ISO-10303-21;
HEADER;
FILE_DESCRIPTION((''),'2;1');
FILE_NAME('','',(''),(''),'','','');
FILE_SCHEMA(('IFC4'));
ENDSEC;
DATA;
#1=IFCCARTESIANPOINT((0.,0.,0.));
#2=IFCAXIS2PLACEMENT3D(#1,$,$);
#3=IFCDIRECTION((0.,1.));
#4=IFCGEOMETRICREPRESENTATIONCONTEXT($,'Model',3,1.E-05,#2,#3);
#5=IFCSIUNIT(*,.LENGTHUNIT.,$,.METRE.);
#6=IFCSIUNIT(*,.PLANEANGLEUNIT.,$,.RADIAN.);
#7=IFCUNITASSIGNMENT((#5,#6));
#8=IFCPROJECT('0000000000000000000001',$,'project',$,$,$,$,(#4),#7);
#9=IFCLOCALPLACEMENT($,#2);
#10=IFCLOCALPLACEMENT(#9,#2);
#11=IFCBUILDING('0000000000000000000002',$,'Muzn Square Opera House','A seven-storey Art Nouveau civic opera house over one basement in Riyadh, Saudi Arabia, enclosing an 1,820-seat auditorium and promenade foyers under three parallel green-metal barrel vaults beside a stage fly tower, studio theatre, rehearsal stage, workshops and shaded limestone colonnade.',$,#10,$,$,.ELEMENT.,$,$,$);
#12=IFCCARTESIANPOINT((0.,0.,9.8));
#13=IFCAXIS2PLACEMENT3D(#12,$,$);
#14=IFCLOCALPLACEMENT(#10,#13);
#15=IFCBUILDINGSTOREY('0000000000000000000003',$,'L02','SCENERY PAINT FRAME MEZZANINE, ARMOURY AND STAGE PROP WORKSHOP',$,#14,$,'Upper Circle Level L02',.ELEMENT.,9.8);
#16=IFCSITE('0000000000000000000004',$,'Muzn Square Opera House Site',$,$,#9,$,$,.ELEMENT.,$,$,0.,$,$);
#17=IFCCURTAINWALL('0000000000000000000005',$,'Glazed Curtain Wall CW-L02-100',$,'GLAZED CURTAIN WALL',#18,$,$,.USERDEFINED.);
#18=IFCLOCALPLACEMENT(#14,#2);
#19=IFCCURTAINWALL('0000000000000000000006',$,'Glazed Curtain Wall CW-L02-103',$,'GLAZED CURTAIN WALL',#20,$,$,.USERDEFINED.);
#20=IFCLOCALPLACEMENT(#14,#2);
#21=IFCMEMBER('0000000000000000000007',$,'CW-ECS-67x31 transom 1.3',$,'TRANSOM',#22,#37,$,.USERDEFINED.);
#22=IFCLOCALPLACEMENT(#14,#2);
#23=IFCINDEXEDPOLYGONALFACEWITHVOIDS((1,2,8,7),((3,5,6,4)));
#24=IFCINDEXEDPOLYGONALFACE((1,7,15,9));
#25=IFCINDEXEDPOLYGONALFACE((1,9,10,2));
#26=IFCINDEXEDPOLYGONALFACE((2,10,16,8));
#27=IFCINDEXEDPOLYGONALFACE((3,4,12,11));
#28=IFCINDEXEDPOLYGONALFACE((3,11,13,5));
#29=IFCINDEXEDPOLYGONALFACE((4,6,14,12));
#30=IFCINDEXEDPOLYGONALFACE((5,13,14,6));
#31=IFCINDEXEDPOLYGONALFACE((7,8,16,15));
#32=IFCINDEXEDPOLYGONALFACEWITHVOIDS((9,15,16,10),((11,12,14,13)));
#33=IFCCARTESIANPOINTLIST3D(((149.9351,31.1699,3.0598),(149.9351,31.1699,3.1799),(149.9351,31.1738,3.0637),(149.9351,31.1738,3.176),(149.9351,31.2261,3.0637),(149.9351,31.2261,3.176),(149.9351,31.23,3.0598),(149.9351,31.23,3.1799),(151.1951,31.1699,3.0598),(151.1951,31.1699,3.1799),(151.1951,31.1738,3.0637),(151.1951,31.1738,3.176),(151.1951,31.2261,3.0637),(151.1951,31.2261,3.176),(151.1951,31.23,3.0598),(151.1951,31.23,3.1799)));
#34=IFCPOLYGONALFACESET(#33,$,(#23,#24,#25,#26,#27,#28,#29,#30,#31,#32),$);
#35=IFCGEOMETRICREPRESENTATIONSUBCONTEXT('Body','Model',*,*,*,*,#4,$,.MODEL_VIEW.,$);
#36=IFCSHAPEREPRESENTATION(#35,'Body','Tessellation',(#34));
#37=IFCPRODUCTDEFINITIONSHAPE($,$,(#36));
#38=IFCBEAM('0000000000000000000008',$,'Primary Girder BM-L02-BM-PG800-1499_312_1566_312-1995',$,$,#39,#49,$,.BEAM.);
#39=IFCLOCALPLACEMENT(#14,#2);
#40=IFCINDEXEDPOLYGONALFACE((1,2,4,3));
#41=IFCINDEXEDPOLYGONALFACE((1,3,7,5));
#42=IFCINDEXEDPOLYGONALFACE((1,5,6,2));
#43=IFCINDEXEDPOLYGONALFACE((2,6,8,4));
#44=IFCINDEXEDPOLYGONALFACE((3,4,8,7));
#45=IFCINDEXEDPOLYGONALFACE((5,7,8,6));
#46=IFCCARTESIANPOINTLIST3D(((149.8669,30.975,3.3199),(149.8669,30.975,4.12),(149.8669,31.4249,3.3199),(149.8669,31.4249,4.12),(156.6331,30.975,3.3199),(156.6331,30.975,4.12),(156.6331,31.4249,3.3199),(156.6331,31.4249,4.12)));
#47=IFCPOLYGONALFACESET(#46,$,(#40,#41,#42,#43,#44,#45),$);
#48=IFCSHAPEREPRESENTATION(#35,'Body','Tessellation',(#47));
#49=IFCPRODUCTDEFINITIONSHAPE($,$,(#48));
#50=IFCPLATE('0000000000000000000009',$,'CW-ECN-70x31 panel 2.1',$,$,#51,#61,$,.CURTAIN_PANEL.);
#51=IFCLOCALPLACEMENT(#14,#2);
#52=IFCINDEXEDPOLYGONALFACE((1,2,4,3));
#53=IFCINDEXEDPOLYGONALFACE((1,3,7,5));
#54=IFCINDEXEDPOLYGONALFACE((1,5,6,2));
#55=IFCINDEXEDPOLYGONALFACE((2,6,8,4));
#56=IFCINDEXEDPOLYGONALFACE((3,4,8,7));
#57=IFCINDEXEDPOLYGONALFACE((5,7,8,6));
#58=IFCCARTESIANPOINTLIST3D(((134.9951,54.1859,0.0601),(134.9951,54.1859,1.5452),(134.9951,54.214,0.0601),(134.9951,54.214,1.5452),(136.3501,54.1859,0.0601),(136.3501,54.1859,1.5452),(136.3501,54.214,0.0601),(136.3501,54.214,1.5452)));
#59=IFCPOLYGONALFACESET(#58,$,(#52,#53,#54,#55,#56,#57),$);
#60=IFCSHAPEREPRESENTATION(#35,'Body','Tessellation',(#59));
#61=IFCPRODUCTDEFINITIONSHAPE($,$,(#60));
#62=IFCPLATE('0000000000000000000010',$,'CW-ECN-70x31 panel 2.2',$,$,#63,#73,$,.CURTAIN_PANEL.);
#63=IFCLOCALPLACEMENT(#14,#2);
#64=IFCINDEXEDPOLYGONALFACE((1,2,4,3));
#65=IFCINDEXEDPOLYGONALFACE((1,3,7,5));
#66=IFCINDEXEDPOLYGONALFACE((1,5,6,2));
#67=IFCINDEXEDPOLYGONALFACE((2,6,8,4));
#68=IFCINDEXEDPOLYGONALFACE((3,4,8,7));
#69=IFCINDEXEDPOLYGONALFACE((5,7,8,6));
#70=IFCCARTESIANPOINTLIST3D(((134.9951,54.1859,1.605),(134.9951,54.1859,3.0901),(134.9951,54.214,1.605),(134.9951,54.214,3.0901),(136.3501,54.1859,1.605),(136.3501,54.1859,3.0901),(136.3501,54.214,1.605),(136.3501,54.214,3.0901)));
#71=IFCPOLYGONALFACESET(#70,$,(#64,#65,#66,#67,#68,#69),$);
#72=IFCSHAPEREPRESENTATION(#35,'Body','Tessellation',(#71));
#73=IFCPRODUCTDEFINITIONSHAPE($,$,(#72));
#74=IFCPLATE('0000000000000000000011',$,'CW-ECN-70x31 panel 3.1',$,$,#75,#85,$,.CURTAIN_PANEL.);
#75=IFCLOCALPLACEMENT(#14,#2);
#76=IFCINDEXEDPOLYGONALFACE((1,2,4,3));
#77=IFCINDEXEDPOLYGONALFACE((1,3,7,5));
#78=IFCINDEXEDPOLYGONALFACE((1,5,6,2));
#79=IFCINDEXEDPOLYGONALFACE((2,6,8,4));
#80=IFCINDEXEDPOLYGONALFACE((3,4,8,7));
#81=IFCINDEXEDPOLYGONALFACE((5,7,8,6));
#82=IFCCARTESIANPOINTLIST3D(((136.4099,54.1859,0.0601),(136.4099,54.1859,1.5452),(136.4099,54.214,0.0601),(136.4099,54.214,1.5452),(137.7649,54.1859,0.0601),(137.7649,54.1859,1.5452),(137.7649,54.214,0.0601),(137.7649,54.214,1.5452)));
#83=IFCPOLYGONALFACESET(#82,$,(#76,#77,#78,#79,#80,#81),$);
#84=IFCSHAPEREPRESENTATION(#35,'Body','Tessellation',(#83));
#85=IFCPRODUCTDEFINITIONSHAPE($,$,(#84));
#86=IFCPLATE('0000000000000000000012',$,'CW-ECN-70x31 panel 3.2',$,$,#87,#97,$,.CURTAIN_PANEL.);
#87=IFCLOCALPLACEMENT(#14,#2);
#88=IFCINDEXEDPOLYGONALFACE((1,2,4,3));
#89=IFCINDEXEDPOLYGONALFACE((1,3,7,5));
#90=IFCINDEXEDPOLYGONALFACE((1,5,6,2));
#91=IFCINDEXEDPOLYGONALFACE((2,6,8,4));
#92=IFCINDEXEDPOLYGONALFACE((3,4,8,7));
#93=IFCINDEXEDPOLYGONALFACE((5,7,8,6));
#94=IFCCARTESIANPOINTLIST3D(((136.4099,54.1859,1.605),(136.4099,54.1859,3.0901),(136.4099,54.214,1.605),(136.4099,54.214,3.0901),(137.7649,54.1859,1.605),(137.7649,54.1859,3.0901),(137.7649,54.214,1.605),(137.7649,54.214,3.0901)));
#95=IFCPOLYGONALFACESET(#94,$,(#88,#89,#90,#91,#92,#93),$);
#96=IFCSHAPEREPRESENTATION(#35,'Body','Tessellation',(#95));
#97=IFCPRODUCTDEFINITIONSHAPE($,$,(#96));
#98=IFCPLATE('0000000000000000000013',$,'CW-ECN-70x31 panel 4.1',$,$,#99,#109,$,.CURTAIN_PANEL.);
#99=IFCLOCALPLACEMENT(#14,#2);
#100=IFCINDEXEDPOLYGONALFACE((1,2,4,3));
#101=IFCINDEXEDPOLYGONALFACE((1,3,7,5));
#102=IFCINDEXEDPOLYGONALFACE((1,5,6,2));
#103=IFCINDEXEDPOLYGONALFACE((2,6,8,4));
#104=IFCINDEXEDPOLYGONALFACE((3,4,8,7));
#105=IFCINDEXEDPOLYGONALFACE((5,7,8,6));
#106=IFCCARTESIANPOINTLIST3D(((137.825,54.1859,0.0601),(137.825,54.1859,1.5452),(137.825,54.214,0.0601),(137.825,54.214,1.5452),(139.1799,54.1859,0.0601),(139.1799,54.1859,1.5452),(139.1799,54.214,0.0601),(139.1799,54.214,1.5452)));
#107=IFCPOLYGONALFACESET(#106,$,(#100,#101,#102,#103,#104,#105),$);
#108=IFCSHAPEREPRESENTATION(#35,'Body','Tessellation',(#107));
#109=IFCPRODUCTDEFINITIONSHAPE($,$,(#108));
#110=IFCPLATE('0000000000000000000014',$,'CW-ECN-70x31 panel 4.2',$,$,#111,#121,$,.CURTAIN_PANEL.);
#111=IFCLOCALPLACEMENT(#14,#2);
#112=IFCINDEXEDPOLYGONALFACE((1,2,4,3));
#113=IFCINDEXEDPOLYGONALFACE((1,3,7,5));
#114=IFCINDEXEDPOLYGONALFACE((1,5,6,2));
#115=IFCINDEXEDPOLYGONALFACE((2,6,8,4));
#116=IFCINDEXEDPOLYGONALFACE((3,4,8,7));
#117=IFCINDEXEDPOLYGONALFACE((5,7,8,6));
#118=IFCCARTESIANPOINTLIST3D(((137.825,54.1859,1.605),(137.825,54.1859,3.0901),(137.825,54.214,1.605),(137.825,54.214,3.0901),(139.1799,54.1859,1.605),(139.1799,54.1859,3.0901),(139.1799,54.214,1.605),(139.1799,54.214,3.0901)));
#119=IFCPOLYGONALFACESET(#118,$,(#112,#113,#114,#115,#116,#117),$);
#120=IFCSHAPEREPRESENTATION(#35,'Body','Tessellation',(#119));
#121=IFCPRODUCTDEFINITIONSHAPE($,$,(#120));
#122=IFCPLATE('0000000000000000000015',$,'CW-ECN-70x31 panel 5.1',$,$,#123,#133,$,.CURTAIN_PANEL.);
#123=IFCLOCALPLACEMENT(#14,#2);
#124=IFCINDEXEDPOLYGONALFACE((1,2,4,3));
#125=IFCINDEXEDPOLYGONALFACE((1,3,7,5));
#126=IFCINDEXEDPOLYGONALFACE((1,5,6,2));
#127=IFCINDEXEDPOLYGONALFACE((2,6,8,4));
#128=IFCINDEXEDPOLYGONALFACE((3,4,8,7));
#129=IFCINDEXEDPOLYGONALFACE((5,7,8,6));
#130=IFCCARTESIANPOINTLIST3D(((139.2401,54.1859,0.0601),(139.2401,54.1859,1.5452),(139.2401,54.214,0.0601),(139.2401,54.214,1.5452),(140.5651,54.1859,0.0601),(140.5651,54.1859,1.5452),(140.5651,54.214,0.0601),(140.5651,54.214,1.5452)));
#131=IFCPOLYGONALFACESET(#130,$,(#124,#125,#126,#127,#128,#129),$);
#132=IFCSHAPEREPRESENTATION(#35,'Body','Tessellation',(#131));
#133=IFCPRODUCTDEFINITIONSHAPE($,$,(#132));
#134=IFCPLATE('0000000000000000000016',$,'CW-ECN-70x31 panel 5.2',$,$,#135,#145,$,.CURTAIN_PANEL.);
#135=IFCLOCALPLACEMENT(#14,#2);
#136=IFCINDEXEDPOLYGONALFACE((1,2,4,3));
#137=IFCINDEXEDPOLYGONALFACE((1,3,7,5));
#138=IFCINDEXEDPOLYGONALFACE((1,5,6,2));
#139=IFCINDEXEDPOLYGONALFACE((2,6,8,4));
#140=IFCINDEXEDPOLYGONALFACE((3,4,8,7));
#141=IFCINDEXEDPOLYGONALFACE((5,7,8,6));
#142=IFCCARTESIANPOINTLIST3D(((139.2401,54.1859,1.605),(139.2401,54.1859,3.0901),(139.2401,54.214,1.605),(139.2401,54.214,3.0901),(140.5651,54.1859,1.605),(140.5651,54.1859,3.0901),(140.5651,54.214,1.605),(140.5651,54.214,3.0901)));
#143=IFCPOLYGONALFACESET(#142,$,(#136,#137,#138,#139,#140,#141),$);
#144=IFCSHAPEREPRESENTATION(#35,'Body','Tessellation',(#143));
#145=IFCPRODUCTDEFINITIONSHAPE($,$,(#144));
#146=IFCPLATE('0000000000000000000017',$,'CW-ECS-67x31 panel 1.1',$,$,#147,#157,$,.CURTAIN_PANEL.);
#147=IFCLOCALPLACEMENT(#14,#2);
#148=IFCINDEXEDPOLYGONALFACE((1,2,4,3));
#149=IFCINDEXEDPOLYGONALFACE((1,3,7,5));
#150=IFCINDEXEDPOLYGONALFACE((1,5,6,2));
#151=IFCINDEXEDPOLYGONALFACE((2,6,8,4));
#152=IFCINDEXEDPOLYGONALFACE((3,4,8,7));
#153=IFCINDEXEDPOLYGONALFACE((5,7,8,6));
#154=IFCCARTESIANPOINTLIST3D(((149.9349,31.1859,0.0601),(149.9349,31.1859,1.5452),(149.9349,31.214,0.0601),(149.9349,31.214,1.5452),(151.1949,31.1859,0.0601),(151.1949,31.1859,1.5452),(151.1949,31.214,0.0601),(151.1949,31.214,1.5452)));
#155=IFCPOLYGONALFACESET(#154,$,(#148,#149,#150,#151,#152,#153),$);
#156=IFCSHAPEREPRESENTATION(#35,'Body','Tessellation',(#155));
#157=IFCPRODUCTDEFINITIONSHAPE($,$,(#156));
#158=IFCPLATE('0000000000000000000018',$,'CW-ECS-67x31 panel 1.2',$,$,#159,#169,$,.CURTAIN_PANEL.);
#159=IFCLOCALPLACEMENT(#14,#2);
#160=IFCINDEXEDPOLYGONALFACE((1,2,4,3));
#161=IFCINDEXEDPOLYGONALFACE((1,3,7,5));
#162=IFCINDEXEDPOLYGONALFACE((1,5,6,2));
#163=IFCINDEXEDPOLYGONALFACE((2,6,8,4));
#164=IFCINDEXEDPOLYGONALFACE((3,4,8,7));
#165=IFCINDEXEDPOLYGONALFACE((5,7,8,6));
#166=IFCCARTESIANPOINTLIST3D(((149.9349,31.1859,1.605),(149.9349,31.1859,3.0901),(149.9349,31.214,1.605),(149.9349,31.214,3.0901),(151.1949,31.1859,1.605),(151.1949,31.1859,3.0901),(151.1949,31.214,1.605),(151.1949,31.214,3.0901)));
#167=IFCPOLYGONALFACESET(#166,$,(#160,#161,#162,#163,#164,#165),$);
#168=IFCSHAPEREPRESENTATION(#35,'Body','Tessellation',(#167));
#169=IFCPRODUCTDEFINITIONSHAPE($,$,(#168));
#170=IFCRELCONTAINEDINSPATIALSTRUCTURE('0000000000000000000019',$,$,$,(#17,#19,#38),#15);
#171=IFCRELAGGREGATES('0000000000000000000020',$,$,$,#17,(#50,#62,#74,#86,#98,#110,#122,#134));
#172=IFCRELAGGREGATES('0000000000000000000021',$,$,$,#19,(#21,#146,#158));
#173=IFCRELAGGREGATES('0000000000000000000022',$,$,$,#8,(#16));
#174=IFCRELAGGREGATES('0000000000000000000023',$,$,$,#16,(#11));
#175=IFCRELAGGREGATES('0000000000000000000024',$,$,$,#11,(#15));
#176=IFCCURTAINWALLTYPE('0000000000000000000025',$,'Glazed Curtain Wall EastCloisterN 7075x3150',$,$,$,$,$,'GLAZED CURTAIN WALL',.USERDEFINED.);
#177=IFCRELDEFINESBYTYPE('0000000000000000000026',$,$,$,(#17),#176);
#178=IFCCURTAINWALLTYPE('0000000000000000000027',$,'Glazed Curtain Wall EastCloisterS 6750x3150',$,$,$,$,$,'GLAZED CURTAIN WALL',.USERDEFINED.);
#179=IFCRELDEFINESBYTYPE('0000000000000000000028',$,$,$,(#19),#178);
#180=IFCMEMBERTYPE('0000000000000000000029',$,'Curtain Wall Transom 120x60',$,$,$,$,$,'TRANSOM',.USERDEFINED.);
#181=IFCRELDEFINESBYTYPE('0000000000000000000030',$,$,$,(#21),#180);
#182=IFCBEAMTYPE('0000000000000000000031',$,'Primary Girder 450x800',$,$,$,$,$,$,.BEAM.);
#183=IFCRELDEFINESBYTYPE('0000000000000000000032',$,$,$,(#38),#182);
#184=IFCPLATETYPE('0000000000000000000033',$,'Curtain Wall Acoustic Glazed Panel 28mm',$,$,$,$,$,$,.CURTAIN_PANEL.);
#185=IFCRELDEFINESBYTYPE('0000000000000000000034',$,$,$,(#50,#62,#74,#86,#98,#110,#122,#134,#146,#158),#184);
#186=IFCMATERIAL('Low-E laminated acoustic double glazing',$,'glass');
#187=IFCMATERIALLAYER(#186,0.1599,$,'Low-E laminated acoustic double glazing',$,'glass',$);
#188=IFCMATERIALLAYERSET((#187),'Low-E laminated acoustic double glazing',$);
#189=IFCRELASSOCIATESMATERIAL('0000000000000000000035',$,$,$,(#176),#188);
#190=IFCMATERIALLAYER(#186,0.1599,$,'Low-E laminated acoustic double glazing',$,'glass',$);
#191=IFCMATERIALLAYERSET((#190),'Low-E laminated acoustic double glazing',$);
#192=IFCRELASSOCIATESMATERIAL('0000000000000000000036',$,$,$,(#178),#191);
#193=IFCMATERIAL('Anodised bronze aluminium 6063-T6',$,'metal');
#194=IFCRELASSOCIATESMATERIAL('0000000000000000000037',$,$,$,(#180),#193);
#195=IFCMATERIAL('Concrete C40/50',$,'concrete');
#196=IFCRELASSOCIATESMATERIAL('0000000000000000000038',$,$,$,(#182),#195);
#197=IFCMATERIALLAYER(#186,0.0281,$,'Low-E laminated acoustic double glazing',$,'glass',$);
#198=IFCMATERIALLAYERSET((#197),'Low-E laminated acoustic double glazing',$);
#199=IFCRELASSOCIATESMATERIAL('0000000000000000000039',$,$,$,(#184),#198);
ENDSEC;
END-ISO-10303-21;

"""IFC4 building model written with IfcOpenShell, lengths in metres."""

from ifc_helpers import new_model, si_unit, direction, frame, origin, origin_2d, place, context, subcontext, project, spatial, rectangle, hollow_rectangle, extrude, material, layer, layer_set, material_profile, profile_set, type_object, element, aggregate, save


model = new_model("IFC4")

# Units and contexts
model_context = context("Model", 3, precision=1e-05, world=origin(), true_north=direction((0.0, 1.0)))
body_context = subcontext(model_context, "Body", "Model", "MODEL_VIEW")
ifc_project = project(units=[si_unit("LENGTHUNIT", "METRE"), si_unit("PLANEANGLEUNIT", "RADIAN")], contexts=[model_context])

# Site, building, storey
site_placement = place(None, origin())
site = spatial("IfcSite", under=ifc_project, at=site_placement, Name="Muzn Square Opera House Site", CompositionType="ELEMENT", RefElevation=0.0)
building_placement = place(site_placement, origin())
building = spatial("IfcBuilding", under=site, at=building_placement, Name="Muzn Square Opera House", Description="A seven-storey Art Nouveau civic opera house over one basement in Riyadh, Saudi Arabia, enclosing an 1,820-seat auditorium and promenade foyers under three parallel green-metal barrel vaults beside a stage fly tower, studio theatre, rehearsal stage, workshops and shaded limestone colonnade.", CompositionType="ELEMENT")
storey_placement = place(building_placement, frame((0.0, 0.0, 9.8)))
storey = spatial("IfcBuildingStorey", under=building, at=storey_placement, Name="L02", Description="SCENERY PAINT FRAME MEZZANINE, ARMOURY AND STAGE PROP WORKSHOP", LongName="Upper Circle Level L02", CompositionType="ELEMENT", Elevation=9.8)

# Curtain wall
ifc_material_1 = material(Name="Low-E laminated acoustic double glazing", Category="glass")
ifc_layer_1 = layer(ifc_material_1, 0.1599, Name="Low-E laminated acoustic double glazing", Category="glass")
ifc_layer_set_1 = layer_set([ifc_layer_1], Name="Low-E laminated acoustic double glazing")
curtain_wall_type_1 = type_object("IfcCurtainWallType", Name="Glazed Curtain Wall EastCloisterN 7075x3150", ElementType="GLAZED CURTAIN WALL", PredefinedType="USERDEFINED", material=ifc_layer_set_1)
curtain_wall_1_placement = place(storey_placement, origin())
curtain_wall_1 = element("IfcCurtainWall", 1, at=curtain_wall_1_placement, inside=storey, type_object=curtain_wall_type_1, Name="Glazed Curtain Wall CW-L02-100", ObjectType="GLAZED CURTAIN WALL", PredefinedType="USERDEFINED")
ifc_material_2 = material(Name="Anodised bronze aluminium 6063-T6", Category="metal")

# Curtain wall
ifc_layer_2 = layer(ifc_material_1, 0.1599, Name="Low-E laminated acoustic double glazing", Category="glass")
ifc_layer_set_2 = layer_set([ifc_layer_2], Name="Low-E laminated acoustic double glazing")
curtain_wall_type_2 = type_object("IfcCurtainWallType", Name="Glazed Curtain Wall EastCloisterS 6750x3150", ElementType="GLAZED CURTAIN WALL", PredefinedType="USERDEFINED", material=ifc_layer_set_2)
curtain_wall_2_placement = place(storey_placement, origin())
curtain_wall_2 = element("IfcCurtainWall", 2, at=curtain_wall_2_placement, inside=storey, type_object=curtain_wall_type_2, Name="Glazed Curtain Wall CW-L02-103", ObjectType="GLAZED CURTAIN WALL", PredefinedType="USERDEFINED")

# Member
ifc_material_profile_1 = material_profile(ifc_material_2, hollow_rectangle(XDim=0.0601, YDim=0.1201, WallThickness=0.0039, at=origin_2d()), Name="ALU 120x60x4", Category="metal")
ifc_profile_set_1 = profile_set([ifc_material_profile_1], Name="Anodised bronze aluminium 6063-T6")
member_type_1 = type_object("IfcMemberType", Name="Curtain Wall Transom 120x60", ElementType="TRANSOM", PredefinedType="USERDEFINED", material=ifc_profile_set_1)
member_1_placement = place(storey_placement, frame((149.9351, 31.2, 3.1199), z_axis=(1.0, 0.0, 0.0), x_axis=(0.0, 1.0, 0.0)))
member_1 = element("IfcMember", 3, at=member_1_placement, type_object=member_type_1, Name="CW-ECS-67x31 transom 1.3", ObjectType="TRANSOM", PredefinedType="USERDEFINED", context=body_context, shape_type="SweptSolid", body=[
    extrude(hollow_rectangle(XDim=0.0601, YDim=0.1201, WallThickness=0.0039, at=origin_2d()), origin(), (0.0, 0.0, 1.0), 1.26),
])

# Beam
ifc_material_3 = material(Name="Concrete C40/50", Category="concrete")
ifc_material_profile_2 = material_profile(ifc_material_3, rectangle(XDim=0.45, YDim=0.8, at=origin_2d()), Name="RCB 450x800", Category="concrete")
ifc_profile_set_2 = profile_set([ifc_material_profile_2], Name="Concrete C40/50")
beam_type = type_object("IfcBeamType", Name="Primary Girder 450x800", PredefinedType="BEAM", material=ifc_profile_set_2)
beam_placement = place(storey_placement, frame((149.8669, 31.2, 3.72), z_axis=(1.0, 0.0, 0.0), x_axis=(0.0, 1.0, 0.0)))
element("IfcBeam", 4, at=beam_placement, inside=storey, type_object=beam_type, Name="Primary Girder BM-L02-BM-PG800-1499_312_1566_312-1995", PredefinedType="BEAM", context=body_context, shape_type="SweptSolid", body=[
    extrude(rectangle(XDim=0.45, YDim=0.8, at=origin_2d()), origin(), (0.0, 0.0, 1.0), 6.7661),
])

# Plates
ifc_layer_3 = layer(ifc_material_1, 0.0281, Name="Low-E laminated acoustic double glazing", Category="glass")
ifc_layer_set_3 = layer_set([ifc_layer_3], Name="Low-E laminated acoustic double glazing")
plate_type = type_object("IfcPlateType", Name="Curtain Wall Acoustic Glazed Panel 28mm", PredefinedType="CURTAIN_PANEL", material=ifc_layer_set_3)
plate_1_placement = place(storey_placement, frame((135.6726, 54.2, 0.0601), z_axis=(0.0, 0.0, 1.0), x_axis=(1.0, 0.0, 0.0)))
plate_1 = element("IfcPlate", 5, at=plate_1_placement, type_object=plate_type, Name="CW-ECN-70x31 panel 2.1", PredefinedType="CURTAIN_PANEL", context=body_context, shape_type="SweptSolid", body=[
    extrude(rectangle(XDim=1.355, YDim=0.0281, at=origin_2d()), origin(), (0.0, 0.0, 1.0), 1.4851),
])
plate_2_placement = place(storey_placement, frame((135.6726, 54.2, 1.605), z_axis=(0.0, 0.0, 1.0), x_axis=(1.0, 0.0, 0.0)))
plate_2 = element("IfcPlate", 6, at=plate_2_placement, type_object=plate_type, Name="CW-ECN-70x31 panel 2.2", PredefinedType="CURTAIN_PANEL", context=body_context, shape_type="SweptSolid", body=[
    extrude(rectangle(XDim=1.355, YDim=0.0281, at=origin_2d()), origin(), (0.0, 0.0, 1.0), 1.4851),
])
plate_3_placement = place(storey_placement, frame((137.0874, 54.2, 0.0601), z_axis=(0.0, 0.0, 1.0), x_axis=(1.0, 0.0, 0.0)))
plate_3 = element("IfcPlate", 7, at=plate_3_placement, type_object=plate_type, Name="CW-ECN-70x31 panel 3.1", PredefinedType="CURTAIN_PANEL", context=body_context, shape_type="SweptSolid", body=[
    extrude(rectangle(XDim=1.355, YDim=0.0281, at=origin_2d()), origin(), (0.0, 0.0, 1.0), 1.4851),
])
plate_4_placement = place(storey_placement, frame((137.0874, 54.2, 1.605), z_axis=(0.0, 0.0, 1.0), x_axis=(1.0, 0.0, 0.0)))
plate_4 = element("IfcPlate", 8, at=plate_4_placement, type_object=plate_type, Name="CW-ECN-70x31 panel 3.2", PredefinedType="CURTAIN_PANEL", context=body_context, shape_type="SweptSolid", body=[
    extrude(rectangle(XDim=1.355, YDim=0.0281, at=origin_2d()), origin(), (0.0, 0.0, 1.0), 1.4851),
])
plate_5_placement = place(storey_placement, frame((138.5024, 54.2, 0.0601), z_axis=(0.0, 0.0, 1.0), x_axis=(1.0, 0.0, 0.0)))
plate_5 = element("IfcPlate", 9, at=plate_5_placement, type_object=plate_type, Name="CW-ECN-70x31 panel 4.1", PredefinedType="CURTAIN_PANEL", context=body_context, shape_type="SweptSolid", body=[
    extrude(rectangle(XDim=1.355, YDim=0.0281, at=origin_2d()), origin(), (0.0, 0.0, 1.0), 1.4851),
])
plate_6_placement = place(storey_placement, frame((138.5024, 54.2, 1.605), z_axis=(0.0, 0.0, 1.0), x_axis=(1.0, 0.0, 0.0)))
plate_6 = element("IfcPlate", 10, at=plate_6_placement, type_object=plate_type, Name="CW-ECN-70x31 panel 4.2", PredefinedType="CURTAIN_PANEL", context=body_context, shape_type="SweptSolid", body=[
    extrude(rectangle(XDim=1.355, YDim=0.0281, at=origin_2d()), origin(), (0.0, 0.0, 1.0), 1.4851),
])
plate_7_placement = place(storey_placement, frame((139.9026, 54.2, 0.0601), z_axis=(0.0, 0.0, 1.0), x_axis=(1.0, 0.0, 0.0)))
plate_7 = element("IfcPlate", 11, at=plate_7_placement, type_object=plate_type, Name="CW-ECN-70x31 panel 5.1", PredefinedType="CURTAIN_PANEL", context=body_context, shape_type="SweptSolid", body=[
    extrude(rectangle(XDim=1.325, YDim=0.0281, at=origin_2d()), origin(), (0.0, 0.0, 1.0), 1.4851),
])
plate_8_placement = place(storey_placement, frame((139.9026, 54.2, 1.605), z_axis=(0.0, 0.0, 1.0), x_axis=(1.0, 0.0, 0.0)))
plate_8 = element("IfcPlate", 12, at=plate_8_placement, type_object=plate_type, Name="CW-ECN-70x31 panel 5.2", PredefinedType="CURTAIN_PANEL", context=body_context, shape_type="SweptSolid", body=[
    extrude(rectangle(XDim=1.325, YDim=0.0281, at=origin_2d()), origin(), (0.0, 0.0, 1.0), 1.4851),
])
aggregate(curtain_wall_1, [plate_1, plate_2, plate_3, plate_4, plate_5, plate_6, plate_7, plate_8])
plate_9_placement = place(storey_placement, frame((150.5649, 31.2, 0.0601), z_axis=(0.0, 0.0, 1.0), x_axis=(1.0, 0.0, 0.0)))
plate_9 = element("IfcPlate", 13, at=plate_9_placement, type_object=plate_type, Name="CW-ECS-67x31 panel 1.1", PredefinedType="CURTAIN_PANEL", context=body_context, shape_type="SweptSolid", body=[
    extrude(rectangle(XDim=1.26, YDim=0.0281, at=origin_2d()), origin(), (0.0, 0.0, 1.0), 1.4851),
])
plate_10_placement = place(storey_placement, frame((150.5649, 31.2, 1.605), z_axis=(0.0, 0.0, 1.0), x_axis=(1.0, 0.0, 0.0)))
plate_10 = element("IfcPlate", 14, at=plate_10_placement, type_object=plate_type, Name="CW-ECS-67x31 panel 1.2", PredefinedType="CURTAIN_PANEL", context=body_context, shape_type="SweptSolid", body=[
    extrude(rectangle(XDim=1.26, YDim=0.0281, at=origin_2d()), origin(), (0.0, 0.0, 1.0), 1.4851),
])
aggregate(curtain_wall_2, [member_1, plate_9, plate_10])

save(model, "model.ifc")
